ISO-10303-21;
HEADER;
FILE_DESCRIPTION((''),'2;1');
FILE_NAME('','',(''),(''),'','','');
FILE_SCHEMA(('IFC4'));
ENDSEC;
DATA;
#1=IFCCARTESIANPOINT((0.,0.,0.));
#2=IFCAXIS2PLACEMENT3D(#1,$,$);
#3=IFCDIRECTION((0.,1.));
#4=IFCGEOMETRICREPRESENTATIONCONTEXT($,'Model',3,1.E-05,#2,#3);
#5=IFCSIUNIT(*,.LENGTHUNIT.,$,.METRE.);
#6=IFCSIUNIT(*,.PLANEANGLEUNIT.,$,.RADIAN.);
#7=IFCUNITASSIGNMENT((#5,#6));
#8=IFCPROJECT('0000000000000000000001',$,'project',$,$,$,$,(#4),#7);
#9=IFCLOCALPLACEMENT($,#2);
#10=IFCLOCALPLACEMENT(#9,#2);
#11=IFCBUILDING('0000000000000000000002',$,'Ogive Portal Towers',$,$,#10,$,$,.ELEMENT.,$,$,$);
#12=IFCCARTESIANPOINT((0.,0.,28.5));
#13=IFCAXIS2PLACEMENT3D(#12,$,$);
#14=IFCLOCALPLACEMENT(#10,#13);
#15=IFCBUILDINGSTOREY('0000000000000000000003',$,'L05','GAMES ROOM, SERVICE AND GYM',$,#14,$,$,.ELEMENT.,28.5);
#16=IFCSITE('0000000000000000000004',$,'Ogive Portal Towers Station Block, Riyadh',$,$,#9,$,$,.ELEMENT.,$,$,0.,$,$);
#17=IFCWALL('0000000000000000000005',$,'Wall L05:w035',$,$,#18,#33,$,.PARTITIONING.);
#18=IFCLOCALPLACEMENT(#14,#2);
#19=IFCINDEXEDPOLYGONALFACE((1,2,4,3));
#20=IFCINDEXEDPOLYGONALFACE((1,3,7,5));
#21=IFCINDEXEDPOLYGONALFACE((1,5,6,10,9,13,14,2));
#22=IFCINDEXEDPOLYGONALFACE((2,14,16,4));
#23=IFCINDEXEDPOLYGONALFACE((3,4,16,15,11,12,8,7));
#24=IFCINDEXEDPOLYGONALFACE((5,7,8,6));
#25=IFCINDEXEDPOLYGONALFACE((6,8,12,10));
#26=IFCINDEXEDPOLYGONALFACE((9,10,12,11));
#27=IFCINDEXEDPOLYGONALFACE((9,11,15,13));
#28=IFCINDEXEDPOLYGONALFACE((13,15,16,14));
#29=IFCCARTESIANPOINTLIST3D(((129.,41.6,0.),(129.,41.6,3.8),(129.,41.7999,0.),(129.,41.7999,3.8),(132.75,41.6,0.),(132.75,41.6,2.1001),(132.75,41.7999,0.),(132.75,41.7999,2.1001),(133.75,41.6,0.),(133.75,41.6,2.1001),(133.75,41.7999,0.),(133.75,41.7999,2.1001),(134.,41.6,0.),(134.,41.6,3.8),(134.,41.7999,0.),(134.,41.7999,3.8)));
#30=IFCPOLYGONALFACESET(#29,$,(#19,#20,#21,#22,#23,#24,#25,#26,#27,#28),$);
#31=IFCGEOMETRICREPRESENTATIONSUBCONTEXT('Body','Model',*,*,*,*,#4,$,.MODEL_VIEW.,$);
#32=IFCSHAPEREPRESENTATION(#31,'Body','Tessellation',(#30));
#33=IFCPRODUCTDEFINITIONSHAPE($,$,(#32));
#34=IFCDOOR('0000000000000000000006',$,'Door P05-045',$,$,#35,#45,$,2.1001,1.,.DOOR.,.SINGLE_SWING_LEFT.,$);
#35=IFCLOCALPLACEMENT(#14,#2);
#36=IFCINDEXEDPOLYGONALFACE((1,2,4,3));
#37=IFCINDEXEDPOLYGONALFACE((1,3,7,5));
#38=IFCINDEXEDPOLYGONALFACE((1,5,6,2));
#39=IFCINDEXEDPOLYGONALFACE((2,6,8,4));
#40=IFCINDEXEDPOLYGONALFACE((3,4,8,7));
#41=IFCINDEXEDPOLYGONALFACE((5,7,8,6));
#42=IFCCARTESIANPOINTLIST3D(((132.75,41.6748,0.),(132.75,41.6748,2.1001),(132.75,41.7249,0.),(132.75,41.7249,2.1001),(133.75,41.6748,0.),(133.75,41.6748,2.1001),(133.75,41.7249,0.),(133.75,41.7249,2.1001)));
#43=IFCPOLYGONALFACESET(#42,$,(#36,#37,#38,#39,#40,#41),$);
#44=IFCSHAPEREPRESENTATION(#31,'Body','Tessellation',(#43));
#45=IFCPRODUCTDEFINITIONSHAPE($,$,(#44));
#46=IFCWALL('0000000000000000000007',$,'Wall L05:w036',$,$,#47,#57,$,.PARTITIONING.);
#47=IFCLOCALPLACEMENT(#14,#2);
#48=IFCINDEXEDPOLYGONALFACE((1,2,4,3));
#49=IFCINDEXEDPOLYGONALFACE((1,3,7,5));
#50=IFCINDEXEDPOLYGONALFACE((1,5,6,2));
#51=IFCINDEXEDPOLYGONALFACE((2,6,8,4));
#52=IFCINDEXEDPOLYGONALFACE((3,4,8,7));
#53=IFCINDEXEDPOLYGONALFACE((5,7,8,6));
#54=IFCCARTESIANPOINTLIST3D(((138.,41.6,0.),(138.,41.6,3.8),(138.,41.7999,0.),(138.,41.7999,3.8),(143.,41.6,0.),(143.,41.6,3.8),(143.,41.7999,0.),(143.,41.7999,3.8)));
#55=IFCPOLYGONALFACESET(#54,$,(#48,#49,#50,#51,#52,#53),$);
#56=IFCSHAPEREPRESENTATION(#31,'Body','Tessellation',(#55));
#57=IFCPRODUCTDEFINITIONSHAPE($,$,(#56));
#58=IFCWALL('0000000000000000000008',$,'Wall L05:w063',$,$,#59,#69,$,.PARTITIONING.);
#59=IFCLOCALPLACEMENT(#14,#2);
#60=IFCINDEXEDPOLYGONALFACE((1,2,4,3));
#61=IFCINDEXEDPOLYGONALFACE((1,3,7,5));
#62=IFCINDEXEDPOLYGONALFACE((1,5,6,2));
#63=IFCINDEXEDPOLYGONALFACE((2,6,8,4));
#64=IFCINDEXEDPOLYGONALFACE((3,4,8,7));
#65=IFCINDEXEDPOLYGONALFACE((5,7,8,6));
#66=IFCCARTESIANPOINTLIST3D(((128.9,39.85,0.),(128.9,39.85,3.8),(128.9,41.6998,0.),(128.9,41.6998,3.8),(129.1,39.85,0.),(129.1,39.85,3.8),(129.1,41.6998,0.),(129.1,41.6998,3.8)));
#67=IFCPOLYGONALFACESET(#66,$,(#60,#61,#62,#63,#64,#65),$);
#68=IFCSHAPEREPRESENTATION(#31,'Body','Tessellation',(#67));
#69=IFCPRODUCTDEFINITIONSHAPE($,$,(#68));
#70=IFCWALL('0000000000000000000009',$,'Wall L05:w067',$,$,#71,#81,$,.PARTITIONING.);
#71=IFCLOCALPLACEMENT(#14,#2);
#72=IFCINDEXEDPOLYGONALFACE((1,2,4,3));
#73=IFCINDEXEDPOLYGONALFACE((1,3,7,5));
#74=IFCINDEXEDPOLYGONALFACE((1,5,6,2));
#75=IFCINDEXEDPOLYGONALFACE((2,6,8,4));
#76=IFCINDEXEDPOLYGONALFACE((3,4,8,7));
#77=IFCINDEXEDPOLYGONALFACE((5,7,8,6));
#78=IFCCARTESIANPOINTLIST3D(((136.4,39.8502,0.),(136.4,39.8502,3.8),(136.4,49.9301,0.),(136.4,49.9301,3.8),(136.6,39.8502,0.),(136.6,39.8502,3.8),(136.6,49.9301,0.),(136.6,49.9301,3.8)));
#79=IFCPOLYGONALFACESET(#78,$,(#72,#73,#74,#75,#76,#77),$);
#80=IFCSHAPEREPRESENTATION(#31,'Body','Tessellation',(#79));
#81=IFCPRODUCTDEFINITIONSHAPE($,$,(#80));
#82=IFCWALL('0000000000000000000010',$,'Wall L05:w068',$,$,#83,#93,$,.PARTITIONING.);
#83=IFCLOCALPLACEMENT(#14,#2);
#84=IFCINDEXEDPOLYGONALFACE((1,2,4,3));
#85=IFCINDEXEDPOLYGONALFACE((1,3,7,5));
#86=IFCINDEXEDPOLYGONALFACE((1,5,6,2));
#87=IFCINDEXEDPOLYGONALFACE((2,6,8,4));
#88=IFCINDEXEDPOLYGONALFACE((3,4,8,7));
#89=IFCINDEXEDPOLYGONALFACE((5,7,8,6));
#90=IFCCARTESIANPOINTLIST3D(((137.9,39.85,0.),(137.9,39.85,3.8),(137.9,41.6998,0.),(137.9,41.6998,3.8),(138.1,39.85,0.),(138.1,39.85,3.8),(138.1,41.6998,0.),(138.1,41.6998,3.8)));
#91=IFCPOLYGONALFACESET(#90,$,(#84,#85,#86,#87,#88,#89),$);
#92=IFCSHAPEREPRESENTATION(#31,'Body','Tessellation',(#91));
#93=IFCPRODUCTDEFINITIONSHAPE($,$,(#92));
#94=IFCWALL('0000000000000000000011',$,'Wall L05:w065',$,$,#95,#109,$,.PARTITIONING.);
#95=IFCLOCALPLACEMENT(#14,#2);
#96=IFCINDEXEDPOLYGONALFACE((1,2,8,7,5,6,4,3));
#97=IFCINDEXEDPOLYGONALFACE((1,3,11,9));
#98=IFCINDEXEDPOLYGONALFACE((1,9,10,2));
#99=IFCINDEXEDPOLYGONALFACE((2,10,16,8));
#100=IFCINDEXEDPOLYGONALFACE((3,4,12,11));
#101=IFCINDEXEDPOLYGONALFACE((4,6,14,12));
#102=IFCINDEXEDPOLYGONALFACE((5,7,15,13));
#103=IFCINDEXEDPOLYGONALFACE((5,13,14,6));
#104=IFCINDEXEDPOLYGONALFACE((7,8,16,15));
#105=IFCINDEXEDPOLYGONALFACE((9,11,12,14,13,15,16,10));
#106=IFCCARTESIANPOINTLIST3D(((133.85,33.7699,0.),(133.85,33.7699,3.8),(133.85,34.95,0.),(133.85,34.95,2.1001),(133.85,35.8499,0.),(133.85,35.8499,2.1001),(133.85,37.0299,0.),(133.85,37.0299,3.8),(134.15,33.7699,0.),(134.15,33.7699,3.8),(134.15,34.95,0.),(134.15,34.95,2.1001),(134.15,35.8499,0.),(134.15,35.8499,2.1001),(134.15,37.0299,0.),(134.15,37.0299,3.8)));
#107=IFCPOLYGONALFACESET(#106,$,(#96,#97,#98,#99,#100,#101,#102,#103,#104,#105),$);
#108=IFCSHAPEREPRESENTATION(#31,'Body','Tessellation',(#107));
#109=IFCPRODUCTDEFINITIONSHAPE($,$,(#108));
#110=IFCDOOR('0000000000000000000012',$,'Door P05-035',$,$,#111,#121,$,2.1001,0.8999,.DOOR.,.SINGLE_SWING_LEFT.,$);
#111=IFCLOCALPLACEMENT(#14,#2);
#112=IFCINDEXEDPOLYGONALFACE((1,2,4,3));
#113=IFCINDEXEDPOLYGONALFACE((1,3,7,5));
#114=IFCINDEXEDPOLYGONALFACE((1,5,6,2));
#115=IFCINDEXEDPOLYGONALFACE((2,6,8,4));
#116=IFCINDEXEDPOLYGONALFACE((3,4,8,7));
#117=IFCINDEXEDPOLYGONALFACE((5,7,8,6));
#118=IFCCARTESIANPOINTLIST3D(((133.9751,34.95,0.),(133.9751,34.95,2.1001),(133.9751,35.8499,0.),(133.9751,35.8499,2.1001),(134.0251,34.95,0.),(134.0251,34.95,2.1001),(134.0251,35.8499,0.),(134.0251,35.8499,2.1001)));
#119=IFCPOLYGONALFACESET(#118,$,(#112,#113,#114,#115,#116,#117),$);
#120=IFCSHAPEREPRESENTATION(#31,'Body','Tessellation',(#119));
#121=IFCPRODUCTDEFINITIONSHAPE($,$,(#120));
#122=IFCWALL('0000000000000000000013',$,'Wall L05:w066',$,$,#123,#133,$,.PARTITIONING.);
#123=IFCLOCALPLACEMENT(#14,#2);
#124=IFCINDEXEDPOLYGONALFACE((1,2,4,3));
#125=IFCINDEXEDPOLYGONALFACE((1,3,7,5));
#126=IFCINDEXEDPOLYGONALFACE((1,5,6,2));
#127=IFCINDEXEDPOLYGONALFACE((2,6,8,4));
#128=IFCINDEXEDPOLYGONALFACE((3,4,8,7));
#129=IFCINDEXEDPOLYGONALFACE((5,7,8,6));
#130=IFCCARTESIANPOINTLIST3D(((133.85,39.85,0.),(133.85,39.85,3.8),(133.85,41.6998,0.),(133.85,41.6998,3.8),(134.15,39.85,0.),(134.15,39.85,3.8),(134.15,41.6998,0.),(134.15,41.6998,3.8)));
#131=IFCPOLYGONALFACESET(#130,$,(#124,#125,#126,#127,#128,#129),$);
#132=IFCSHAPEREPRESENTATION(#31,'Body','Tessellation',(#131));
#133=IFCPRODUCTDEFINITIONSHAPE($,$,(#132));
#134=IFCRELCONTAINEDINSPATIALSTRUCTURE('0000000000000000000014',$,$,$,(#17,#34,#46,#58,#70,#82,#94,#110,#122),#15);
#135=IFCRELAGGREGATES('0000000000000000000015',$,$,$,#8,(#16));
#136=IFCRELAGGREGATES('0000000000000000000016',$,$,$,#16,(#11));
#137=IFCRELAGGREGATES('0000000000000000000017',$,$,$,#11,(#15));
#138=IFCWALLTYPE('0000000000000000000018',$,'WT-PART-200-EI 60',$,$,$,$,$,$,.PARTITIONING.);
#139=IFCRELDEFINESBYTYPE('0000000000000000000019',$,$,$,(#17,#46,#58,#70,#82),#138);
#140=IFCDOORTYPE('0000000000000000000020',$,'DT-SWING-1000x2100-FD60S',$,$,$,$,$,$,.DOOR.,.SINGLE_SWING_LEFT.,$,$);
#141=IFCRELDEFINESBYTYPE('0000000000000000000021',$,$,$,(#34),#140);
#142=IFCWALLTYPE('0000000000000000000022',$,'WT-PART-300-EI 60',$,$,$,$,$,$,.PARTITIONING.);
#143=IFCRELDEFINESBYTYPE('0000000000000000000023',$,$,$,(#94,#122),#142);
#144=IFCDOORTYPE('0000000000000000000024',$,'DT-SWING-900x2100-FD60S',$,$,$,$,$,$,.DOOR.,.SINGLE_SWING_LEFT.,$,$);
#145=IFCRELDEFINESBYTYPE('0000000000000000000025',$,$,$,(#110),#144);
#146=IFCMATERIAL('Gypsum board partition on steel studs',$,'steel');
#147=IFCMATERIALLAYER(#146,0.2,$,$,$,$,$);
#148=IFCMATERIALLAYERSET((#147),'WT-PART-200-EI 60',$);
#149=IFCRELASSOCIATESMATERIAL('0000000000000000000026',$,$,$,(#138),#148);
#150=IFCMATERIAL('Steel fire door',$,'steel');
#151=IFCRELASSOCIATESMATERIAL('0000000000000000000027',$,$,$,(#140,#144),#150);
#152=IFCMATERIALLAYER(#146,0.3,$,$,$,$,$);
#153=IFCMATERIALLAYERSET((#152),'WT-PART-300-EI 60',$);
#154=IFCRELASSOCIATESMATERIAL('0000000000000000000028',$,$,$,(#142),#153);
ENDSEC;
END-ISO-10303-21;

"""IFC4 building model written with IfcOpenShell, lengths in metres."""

from ifc_helpers import new_model, si_unit, direction, frame, frame_2d, origin, place, context, subcontext, project, spatial, rectangle, extrude, material, layer, layer_set, type_object, element, fill, save


model = new_model("IFC4")

# Units and contexts
model_context = context("Model", 3, precision=1e-05, world=origin(), true_north=direction((0.0, 1.0)))
body_context = subcontext(model_context, "Body", "Model", "MODEL_VIEW")
ifc_project = project(units=[si_unit("LENGTHUNIT", "METRE"), si_unit("PLANEANGLEUNIT", "RADIAN")], contexts=[model_context])

# Site, building, storey
site_placement = place(None, origin())
site = spatial("IfcSite", under=ifc_project, at=site_placement, Name="Ogive Portal Towers Station Block, Riyadh", CompositionType="ELEMENT", RefElevation=0.0)
building_placement = place(site_placement, origin())
building = spatial("IfcBuilding", under=site, at=building_placement, Name="Ogive Portal Towers", CompositionType="ELEMENT")
storey_placement = place(building_placement, frame((0.0, 0.0, 28.5)))
storey = spatial("IfcBuildingStorey", under=building, at=storey_placement, Name="L05", Description="GAMES ROOM, SERVICE AND GYM", CompositionType="ELEMENT", Elevation=28.5)

# Shared definitions
ifc_material_1 = material(Name="Steel fire door", Category="steel")

# Shared definitions
ifc_material_2 = material(Name="Gypsum board partition on steel studs", Category="steel")
ifc_layer_1 = layer(ifc_material_2, 0.2)
ifc_layer_set_1 = layer_set([ifc_layer_1], Name="WT-PART-200-EI 60")
wall_type_1 = type_object("IfcWallType", Name="WT-PART-200-EI 60", PredefinedType="PARTITIONING", material=ifc_layer_set_1)

# Wall, opening, door
wall_1_placement = place(storey_placement, frame((129.0, 41.7, 0.0), z_axis=(0.0, 0.0, 1.0), x_axis=(1.0, 0.0, 0.0)))
wall_1 = element("IfcWall", 1, at=wall_1_placement, inside=storey, type_object=wall_type_1, Name="Wall L05:w035", PredefinedType="PARTITIONING", context=body_context, shape_type="SweptSolid", body=[
    extrude(rectangle(XDim=5.0, YDim=0.2, at=frame_2d((2.5, 0.0))), origin(), (0.0, 0.0, 1.0), 3.8),
])
opening_1_placement = place(wall_1_placement, frame((3.75, 0.0, 0.0)))
opening_1 = element("IfcOpeningElement", 2, at=opening_1_placement, cuts=wall_1, PredefinedType="OPENING", context=body_context, shape_type="SweptSolid", body=[
    extrude(rectangle(XDim=1.0, YDim=2.1001, at=frame_2d((0.5, 1.05))), frame((0.0, 0.1099, 0.0), z_axis=(0.0, -1.0, 0.0), x_axis=(1.0, 0.0, 0.0)), (0.0, 0.0, 1.0), 0.22),
])
door_type_1 = type_object("IfcDoorType", Name="DT-SWING-1000x2100-FD60S", OperationType="SINGLE_SWING_LEFT", PredefinedType="DOOR", material=ifc_material_1)
door_1_placement = place(opening_1_placement, origin())
door_1 = element("IfcDoor", 3, at=door_1_placement, inside=storey, type_object=door_type_1, Name="Door P05-045", OperationType="SINGLE_SWING_LEFT", OverallHeight=2.1001, OverallWidth=1.0, PredefinedType="DOOR", context=body_context, shape_type="SweptSolid", body=[
    extrude(rectangle(XDim=1.0, YDim=2.1001, at=frame_2d((0.5, 1.05))), frame((0.0, 0.0249, 0.0), z_axis=(0.0, -1.0, 0.0), x_axis=(1.0, 0.0, 0.0)), (0.0, 0.0, 1.0), 0.05),
])
fill(opening_1, door_1)

# Walls
wall_2_placement = place(storey_placement, frame((138.0, 41.7, 0.0), z_axis=(0.0, 0.0, 1.0), x_axis=(1.0, 0.0, 0.0)))
element("IfcWall", 4, at=wall_2_placement, inside=storey, type_object=wall_type_1, Name="Wall L05:w036", PredefinedType="PARTITIONING", context=body_context, shape_type="SweptSolid", body=[
    extrude(rectangle(XDim=5.0, YDim=0.2, at=frame_2d((2.5, 0.0))), origin(), (0.0, 0.0, 1.0), 3.8),
])
wall_3_placement = place(storey_placement, frame((129.0, 39.8501, 0.0), z_axis=(0.0, 0.0, 1.0), x_axis=(0.0, 1.0, 0.0)))
element("IfcWall", 5, at=wall_3_placement, inside=storey, type_object=wall_type_1, Name="Wall L05:w063", PredefinedType="PARTITIONING", context=body_context, shape_type="SweptSolid", body=[
    extrude(rectangle(XDim=1.8499, YDim=0.2, at=frame_2d((0.9248, 0.0))), origin(), (0.0, 0.0, 1.0), 3.8),
])
wall_4_placement = place(storey_placement, frame((136.5, 39.8501, 0.0), z_axis=(0.0, 0.0, 1.0), x_axis=(0.0, 1.0, 0.0)))
element("IfcWall", 6, at=wall_4_placement, inside=storey, type_object=wall_type_1, Name="Wall L05:w067", PredefinedType="PARTITIONING", context=body_context, shape_type="SweptSolid", body=[
    extrude(rectangle(XDim=10.0798, YDim=0.2, at=frame_2d((5.04, 0.0))), origin(), (0.0, 0.0, 1.0), 3.8),
])
wall_5_placement = place(storey_placement, frame((138.0, 39.8501, 0.0), z_axis=(0.0, 0.0, 1.0), x_axis=(0.0, 1.0, 0.0)))
element("IfcWall", 7, at=wall_5_placement, inside=storey, type_object=wall_type_1, Name="Wall L05:w068", PredefinedType="PARTITIONING", context=body_context, shape_type="SweptSolid", body=[
    extrude(rectangle(XDim=1.8499, YDim=0.2, at=frame_2d((0.9248, 0.0))), origin(), (0.0, 0.0, 1.0), 3.8),
])

# Wall, opening, door
ifc_layer_2 = layer(ifc_material_2, 0.3)
ifc_layer_set_2 = layer_set([ifc_layer_2], Name="WT-PART-300-EI 60")
wall_type_2 = type_object("IfcWallType", Name="WT-PART-300-EI 60", PredefinedType="PARTITIONING", material=ifc_layer_set_2)
wall_6_placement = place(storey_placement, frame((134.0, 33.77, 0.0), z_axis=(0.0, 0.0, 1.0), x_axis=(0.0, 1.0, 0.0)))
wall_6 = element("IfcWall", 8, at=wall_6_placement, inside=storey, type_object=wall_type_2, Name="Wall L05:w065", PredefinedType="PARTITIONING", context=body_context, shape_type="SweptSolid", body=[
    extrude(rectangle(XDim=3.26, YDim=0.3, at=frame_2d((1.6299, 0.0))), origin(), (0.0, 0.0, 1.0), 3.8),
])
opening_2_placement = place(wall_6_placement, frame((1.1799, 0.0, 0.0)))
opening_2 = element("IfcOpeningElement", 9, at=opening_2_placement, cuts=wall_6, PredefinedType="OPENING", context=body_context, shape_type="SweptSolid", body=[
    extrude(rectangle(XDim=0.8999, YDim=2.1001, at=frame_2d((0.45, 1.05))), frame((0.0, 0.1602, 0.0), z_axis=(0.0, -1.0, 0.0), x_axis=(1.0, 0.0, 0.0)), (0.0, 0.0, 1.0), 0.3201),
])
door_type_2 = type_object("IfcDoorType", Name="DT-SWING-900x2100-FD60S", OperationType="SINGLE_SWING_LEFT", PredefinedType="DOOR", material=ifc_material_1)
door_2_placement = place(opening_2_placement, origin())
door_2 = element("IfcDoor", 10, at=door_2_placement, inside=storey, type_object=door_type_2, Name="Door P05-035", OperationType="SINGLE_SWING_LEFT", OverallHeight=2.1001, OverallWidth=0.8999, PredefinedType="DOOR", context=body_context, shape_type="SweptSolid", body=[
    extrude(rectangle(XDim=0.8999, YDim=2.1001, at=frame_2d((0.45, 1.05))), frame((0.0, 0.0249, 0.0), z_axis=(0.0, -1.0, 0.0), x_axis=(1.0, 0.0, 0.0)), (0.0, 0.0, 1.0), 0.05),
])
fill(opening_2, door_2)

# Wall
wall_7_placement = place(storey_placement, frame((134.0, 39.8501, 0.0), z_axis=(0.0, 0.0, 1.0), x_axis=(0.0, 1.0, 0.0)))
element("IfcWall", 11, at=wall_7_placement, inside=storey, type_object=wall_type_2, Name="Wall L05:w066", PredefinedType="PARTITIONING", context=body_context, shape_type="SweptSolid", body=[
    extrude(rectangle(XDim=1.8499, YDim=0.3, at=frame_2d((0.9248, 0.0))), origin(), (0.0, 0.0, 1.0), 3.8),
])

save(model, "model.ifc")
